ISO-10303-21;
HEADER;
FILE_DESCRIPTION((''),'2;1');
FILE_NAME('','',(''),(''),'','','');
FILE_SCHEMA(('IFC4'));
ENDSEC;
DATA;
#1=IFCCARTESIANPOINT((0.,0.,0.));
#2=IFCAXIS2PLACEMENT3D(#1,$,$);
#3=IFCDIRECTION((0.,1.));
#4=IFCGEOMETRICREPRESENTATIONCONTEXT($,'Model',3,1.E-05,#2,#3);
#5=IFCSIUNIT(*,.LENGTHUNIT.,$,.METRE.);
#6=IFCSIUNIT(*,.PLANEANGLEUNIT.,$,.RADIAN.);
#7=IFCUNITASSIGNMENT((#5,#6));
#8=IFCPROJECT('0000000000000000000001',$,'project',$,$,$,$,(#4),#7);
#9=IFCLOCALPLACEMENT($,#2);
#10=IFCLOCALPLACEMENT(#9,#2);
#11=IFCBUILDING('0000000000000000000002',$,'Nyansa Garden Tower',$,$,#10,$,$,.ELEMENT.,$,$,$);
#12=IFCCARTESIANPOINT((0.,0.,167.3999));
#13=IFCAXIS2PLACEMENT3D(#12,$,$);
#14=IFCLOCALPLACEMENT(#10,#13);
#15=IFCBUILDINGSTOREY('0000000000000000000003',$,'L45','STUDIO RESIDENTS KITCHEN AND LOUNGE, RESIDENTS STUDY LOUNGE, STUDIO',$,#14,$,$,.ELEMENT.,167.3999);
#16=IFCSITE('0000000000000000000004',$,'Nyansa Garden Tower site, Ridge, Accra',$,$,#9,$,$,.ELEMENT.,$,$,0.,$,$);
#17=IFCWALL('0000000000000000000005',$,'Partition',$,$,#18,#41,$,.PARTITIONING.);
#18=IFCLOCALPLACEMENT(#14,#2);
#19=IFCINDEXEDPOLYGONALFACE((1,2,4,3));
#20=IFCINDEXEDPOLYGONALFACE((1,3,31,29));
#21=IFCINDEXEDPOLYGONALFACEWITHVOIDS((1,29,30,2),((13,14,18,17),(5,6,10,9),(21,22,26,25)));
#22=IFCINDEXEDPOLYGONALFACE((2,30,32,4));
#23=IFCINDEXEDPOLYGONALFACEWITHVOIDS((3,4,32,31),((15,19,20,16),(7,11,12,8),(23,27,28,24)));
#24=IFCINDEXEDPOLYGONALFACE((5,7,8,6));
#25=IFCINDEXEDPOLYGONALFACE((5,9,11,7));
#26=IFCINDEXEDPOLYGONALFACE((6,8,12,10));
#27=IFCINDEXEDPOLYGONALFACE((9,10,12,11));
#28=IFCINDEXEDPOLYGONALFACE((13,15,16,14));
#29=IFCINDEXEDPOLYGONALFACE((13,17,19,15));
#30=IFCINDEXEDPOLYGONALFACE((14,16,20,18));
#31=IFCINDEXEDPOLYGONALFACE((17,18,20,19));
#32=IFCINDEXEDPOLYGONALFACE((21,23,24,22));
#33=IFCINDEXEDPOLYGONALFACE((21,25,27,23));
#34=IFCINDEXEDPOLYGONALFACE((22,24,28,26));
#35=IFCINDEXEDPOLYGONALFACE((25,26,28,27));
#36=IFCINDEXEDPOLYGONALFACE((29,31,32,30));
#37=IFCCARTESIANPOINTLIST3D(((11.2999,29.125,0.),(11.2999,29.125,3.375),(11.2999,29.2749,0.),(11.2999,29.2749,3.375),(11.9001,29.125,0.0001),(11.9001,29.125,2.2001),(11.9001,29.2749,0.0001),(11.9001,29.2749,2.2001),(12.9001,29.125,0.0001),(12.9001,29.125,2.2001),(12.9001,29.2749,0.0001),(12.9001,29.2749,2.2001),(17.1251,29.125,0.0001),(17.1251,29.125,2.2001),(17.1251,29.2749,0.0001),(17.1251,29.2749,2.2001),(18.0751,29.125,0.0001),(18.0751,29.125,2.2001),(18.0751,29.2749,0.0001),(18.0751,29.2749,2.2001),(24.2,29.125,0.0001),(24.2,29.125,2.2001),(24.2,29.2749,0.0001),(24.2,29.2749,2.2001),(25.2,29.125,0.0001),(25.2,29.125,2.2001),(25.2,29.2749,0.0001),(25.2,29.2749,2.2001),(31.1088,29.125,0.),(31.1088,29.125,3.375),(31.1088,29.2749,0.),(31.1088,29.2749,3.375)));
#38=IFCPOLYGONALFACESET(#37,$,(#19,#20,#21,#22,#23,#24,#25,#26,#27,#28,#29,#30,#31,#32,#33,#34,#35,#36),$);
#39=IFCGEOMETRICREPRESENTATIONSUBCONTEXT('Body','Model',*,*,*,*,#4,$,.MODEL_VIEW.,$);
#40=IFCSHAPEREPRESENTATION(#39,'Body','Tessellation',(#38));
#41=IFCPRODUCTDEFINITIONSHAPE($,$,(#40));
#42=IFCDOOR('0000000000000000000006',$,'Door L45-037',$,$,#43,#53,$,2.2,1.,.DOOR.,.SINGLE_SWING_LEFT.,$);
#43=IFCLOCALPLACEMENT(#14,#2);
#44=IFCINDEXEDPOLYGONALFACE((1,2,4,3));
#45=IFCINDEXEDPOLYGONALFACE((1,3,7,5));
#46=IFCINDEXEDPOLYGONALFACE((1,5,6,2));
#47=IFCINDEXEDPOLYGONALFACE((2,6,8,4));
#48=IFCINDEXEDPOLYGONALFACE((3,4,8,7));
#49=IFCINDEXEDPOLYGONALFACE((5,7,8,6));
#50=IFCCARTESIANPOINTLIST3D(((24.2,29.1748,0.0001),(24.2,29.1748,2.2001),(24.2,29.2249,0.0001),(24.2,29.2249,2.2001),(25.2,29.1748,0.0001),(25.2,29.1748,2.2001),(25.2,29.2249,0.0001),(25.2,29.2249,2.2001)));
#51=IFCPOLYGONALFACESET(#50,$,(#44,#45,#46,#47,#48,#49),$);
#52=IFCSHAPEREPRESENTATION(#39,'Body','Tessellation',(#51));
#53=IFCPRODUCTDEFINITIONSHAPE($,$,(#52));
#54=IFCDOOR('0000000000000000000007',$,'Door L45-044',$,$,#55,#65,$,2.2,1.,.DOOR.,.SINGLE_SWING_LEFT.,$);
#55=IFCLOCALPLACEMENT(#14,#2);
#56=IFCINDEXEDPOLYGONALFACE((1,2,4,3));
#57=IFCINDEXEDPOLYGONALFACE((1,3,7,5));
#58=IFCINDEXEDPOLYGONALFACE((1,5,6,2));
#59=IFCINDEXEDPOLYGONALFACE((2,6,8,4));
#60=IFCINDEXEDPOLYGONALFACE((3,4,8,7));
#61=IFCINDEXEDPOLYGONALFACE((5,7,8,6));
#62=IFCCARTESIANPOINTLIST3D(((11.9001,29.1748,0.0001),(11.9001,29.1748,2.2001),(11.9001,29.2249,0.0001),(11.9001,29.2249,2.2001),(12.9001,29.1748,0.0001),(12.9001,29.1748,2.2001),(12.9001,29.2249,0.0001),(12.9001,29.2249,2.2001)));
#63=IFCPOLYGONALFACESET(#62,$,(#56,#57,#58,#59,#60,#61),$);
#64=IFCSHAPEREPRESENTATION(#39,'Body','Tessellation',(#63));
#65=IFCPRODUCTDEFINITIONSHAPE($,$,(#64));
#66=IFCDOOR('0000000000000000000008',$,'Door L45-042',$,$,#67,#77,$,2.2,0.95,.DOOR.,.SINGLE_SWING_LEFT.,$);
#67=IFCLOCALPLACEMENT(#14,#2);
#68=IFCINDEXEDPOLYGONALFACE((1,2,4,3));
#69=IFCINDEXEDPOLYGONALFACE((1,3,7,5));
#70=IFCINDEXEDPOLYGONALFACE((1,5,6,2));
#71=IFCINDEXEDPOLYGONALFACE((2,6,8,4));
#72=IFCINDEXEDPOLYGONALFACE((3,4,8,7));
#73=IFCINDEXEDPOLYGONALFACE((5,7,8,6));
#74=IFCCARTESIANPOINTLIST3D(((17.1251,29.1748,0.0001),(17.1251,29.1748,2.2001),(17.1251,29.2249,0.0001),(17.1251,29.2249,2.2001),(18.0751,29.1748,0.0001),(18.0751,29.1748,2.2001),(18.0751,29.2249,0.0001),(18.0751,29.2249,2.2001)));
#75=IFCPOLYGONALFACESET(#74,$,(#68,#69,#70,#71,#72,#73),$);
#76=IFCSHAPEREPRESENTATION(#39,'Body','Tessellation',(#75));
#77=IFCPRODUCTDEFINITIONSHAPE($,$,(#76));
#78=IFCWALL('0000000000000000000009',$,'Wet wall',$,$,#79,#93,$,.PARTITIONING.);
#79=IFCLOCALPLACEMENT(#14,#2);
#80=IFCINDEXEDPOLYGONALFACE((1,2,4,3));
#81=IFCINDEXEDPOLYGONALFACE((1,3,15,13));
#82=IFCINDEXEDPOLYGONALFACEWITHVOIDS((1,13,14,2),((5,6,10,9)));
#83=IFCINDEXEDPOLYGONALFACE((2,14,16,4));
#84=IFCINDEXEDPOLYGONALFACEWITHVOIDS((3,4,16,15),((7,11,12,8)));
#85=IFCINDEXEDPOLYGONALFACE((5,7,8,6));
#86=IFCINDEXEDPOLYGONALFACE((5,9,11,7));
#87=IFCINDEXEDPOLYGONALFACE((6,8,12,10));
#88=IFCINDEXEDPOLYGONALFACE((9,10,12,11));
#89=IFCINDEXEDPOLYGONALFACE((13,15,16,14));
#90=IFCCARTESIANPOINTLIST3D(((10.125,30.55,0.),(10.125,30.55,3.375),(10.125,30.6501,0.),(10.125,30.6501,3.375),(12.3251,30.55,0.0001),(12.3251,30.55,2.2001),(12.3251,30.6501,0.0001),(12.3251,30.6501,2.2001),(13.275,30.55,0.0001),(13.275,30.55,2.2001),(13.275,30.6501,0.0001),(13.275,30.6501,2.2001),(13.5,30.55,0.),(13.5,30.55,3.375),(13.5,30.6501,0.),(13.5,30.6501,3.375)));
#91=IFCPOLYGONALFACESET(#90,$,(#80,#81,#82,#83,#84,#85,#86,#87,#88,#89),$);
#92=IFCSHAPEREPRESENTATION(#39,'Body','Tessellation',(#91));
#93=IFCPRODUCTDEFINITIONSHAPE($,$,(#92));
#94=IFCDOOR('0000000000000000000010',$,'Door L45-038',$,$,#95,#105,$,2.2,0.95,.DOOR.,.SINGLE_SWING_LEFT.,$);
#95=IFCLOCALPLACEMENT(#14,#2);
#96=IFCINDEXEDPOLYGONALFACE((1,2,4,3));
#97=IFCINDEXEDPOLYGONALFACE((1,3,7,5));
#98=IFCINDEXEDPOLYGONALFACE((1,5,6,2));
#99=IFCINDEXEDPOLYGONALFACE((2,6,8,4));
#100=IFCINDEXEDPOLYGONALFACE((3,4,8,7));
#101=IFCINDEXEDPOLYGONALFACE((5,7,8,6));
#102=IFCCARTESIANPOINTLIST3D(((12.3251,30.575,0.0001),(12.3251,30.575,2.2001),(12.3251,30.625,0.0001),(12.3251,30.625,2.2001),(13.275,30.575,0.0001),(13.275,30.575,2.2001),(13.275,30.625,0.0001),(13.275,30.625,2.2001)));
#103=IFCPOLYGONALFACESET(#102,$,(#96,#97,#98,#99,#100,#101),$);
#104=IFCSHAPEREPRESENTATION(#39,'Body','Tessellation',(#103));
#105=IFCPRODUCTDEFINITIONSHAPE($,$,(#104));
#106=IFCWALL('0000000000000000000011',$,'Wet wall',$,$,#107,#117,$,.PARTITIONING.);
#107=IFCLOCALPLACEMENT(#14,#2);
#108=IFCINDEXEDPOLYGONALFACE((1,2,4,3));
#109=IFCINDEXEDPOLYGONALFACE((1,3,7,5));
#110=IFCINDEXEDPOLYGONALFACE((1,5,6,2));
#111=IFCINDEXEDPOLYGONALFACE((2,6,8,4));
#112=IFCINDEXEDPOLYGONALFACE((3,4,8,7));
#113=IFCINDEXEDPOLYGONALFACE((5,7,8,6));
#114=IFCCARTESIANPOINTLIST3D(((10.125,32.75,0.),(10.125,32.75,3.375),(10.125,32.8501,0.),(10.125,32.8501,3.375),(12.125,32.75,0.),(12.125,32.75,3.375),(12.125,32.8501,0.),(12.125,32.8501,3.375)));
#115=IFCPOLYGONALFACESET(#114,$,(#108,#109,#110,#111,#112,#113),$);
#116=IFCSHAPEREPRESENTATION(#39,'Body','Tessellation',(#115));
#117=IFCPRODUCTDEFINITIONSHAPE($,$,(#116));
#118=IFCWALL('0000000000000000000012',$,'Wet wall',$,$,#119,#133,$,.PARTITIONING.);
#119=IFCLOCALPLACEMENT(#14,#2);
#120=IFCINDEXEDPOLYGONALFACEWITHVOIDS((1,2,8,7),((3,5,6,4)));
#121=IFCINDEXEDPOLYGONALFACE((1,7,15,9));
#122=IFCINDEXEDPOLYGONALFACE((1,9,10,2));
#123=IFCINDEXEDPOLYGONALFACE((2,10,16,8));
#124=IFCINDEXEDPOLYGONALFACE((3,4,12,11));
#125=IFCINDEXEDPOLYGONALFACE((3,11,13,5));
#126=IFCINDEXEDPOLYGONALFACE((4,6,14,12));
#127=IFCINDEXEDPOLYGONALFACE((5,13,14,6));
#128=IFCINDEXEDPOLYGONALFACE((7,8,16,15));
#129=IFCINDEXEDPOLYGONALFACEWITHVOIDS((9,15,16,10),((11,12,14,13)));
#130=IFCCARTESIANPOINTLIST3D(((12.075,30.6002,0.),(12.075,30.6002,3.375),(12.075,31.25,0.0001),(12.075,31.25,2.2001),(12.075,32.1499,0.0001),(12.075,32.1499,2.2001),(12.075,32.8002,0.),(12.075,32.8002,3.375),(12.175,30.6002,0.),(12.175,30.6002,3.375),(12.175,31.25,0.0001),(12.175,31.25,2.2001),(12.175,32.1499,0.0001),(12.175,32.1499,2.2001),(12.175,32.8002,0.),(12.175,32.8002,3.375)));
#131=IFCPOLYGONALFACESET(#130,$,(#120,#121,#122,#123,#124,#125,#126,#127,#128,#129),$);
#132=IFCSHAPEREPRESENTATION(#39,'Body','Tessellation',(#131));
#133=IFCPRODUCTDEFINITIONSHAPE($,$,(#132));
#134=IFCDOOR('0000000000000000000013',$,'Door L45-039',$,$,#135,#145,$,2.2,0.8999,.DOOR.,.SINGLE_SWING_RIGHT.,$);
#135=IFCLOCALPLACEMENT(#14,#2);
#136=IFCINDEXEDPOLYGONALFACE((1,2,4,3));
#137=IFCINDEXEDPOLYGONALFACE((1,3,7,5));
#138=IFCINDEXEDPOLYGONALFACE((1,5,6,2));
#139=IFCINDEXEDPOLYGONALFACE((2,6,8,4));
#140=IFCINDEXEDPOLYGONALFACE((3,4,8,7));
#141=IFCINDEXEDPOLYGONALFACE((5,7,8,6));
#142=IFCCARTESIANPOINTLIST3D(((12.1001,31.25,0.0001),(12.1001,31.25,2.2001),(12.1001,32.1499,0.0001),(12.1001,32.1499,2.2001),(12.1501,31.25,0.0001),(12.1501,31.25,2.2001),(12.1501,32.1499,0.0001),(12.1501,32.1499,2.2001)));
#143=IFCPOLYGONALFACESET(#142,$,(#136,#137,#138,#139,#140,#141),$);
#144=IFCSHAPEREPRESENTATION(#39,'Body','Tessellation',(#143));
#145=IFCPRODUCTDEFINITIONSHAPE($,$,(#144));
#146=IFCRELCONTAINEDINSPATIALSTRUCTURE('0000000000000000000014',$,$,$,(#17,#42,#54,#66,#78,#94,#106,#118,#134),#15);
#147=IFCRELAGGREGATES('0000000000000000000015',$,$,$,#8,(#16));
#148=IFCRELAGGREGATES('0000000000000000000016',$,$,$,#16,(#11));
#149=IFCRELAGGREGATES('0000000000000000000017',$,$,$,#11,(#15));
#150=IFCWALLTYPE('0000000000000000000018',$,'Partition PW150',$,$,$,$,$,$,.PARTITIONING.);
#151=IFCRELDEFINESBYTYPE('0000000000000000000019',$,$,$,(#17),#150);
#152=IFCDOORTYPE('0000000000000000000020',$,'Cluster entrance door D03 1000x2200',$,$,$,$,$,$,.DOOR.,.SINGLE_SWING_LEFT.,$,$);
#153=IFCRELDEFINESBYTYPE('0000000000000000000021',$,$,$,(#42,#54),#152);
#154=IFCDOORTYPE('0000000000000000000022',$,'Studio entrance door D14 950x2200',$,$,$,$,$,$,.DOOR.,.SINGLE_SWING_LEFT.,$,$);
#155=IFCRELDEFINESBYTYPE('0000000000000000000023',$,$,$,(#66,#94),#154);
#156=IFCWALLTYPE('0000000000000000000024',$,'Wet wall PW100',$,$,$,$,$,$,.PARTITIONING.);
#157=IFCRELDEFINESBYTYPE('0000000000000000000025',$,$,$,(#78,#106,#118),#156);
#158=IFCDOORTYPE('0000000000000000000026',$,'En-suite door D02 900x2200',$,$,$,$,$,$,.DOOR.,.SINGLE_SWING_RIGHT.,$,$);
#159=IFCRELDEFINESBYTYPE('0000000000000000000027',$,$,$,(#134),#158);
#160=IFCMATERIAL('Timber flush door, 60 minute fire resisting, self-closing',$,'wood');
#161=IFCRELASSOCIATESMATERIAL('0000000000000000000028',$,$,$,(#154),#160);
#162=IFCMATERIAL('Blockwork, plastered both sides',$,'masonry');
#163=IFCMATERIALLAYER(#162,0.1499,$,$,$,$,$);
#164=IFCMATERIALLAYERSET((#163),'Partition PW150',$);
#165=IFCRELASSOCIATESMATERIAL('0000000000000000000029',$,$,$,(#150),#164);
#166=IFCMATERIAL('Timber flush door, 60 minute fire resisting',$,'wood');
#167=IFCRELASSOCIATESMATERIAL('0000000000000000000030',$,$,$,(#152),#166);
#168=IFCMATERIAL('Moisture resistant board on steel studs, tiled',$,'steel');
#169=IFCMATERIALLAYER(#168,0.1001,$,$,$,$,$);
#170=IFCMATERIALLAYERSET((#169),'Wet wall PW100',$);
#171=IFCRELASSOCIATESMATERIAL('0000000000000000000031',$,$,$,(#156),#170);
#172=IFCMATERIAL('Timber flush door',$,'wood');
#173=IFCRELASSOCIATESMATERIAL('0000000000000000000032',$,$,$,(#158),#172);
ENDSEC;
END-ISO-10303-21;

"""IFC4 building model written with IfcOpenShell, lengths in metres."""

from ifc_helpers import new_model, si_unit, direction, frame, frame_2d, origin, place, context, subcontext, project, spatial, rectangle, extrude, material, layer, layer_set, type_object, element, fill, save


model = new_model("IFC4")

# Units and contexts
model_context = context("Model", 3, precision=1e-05, world=origin(), true_north=direction((0.0, 1.0)))
body_context = subcontext(model_context, "Body", "Model", "MODEL_VIEW")
ifc_project = project(units=[si_unit("LENGTHUNIT", "METRE"), si_unit("PLANEANGLEUNIT", "RADIAN")], contexts=[model_context])

# Site, building, storey
site_placement = place(None, origin())
site = spatial("IfcSite", under=ifc_project, at=site_placement, Name="Nyansa Garden Tower site, Ridge, Accra", CompositionType="ELEMENT", RefElevation=0.0)
building_placement = place(site_placement, origin())
building = spatial("IfcBuilding", under=site, at=building_placement, Name="Nyansa Garden Tower", CompositionType="ELEMENT")
storey_placement = place(building_placement, frame((0.0, 0.0, 167.3999)))
storey = spatial("IfcBuildingStorey", under=building, at=storey_placement, Name="L45", Description="STUDIO RESIDENTS KITCHEN AND LOUNGE, RESIDENTS STUDY LOUNGE, STUDIO", CompositionType="ELEMENT", Elevation=167.3999)

# Shared definitions
ifc_material_1 = material(Name="Timber flush door, 60 minute fire resisting, self-closing", Category="wood")
door_type_1 = type_object("IfcDoorType", Name="Studio entrance door D14 950x2200", OperationType="SINGLE_SWING_LEFT", PredefinedType="DOOR", material=ifc_material_1)

# Wall, openings, doors
ifc_material_2 = material(Name="Blockwork, plastered both sides", Category="masonry")
ifc_layer_1 = layer(ifc_material_2, 0.1499)
ifc_layer_set_1 = layer_set([ifc_layer_1], Name="Partition PW150")
wall_type_1 = type_object("IfcWallType", Name="Partition PW150", PredefinedType="PARTITIONING", material=ifc_layer_set_1)
wall_1_placement = place(storey_placement, frame((11.3, 29.2, 0.0), z_axis=(0.0, 0.0, 1.0), x_axis=(1.0, 0.0, 0.0)))
wall_1 = element("IfcWall", 1, at=wall_1_placement, inside=storey, type_object=wall_type_1, Name="Partition", PredefinedType="PARTITIONING", context=body_context, shape_type="SweptSolid", body=[
    extrude(rectangle(XDim=19.8088, YDim=0.1499, at=frame_2d((9.9043, 0.0))), origin(), (0.0, 0.0, 1.0), 3.375),
])
opening_1_placement = place(wall_1_placement, frame((12.8999, 0.0, 0.0)))
opening_1 = element("IfcOpeningElement", 2, at=opening_1_placement, cuts=wall_1, PredefinedType="OPENING", context=body_context, shape_type="SweptSolid", body=[
    extrude(rectangle(XDim=1.0, YDim=2.2, at=frame_2d((0.5, 1.1001))), frame((0.0, 0.085, 0.0), z_axis=(0.0, -1.0, 0.0), x_axis=(1.0, 0.0, 0.0)), (0.0, 0.0, 1.0), 0.1699),
])
opening_2_placement = place(wall_1_placement, frame((5.825, 0.0, 0.0)))
opening_2 = element("IfcOpeningElement", 3, at=opening_2_placement, cuts=wall_1, PredefinedType="OPENING", context=body_context, shape_type="SweptSolid", body=[
    extrude(rectangle(XDim=0.95, YDim=2.2, at=frame_2d((0.4751, 1.1001))), frame((0.0, 0.085, 0.0), z_axis=(0.0, -1.0, 0.0), x_axis=(1.0, 0.0, 0.0)), (0.0, 0.0, 1.0), 0.1699),
])
opening_3_placement = place(wall_1_placement, frame((0.6001, 0.0, 0.0)))
opening_3 = element("IfcOpeningElement", 4, at=opening_3_placement, cuts=wall_1, PredefinedType="OPENING", context=body_context, shape_type="SweptSolid", body=[
    extrude(rectangle(XDim=1.0, YDim=2.2, at=frame_2d((0.5, 1.1001))), frame((0.0, 0.085, 0.0), z_axis=(0.0, -1.0, 0.0), x_axis=(1.0, 0.0, 0.0)), (0.0, 0.0, 1.0), 0.1699),
])
ifc_material_3 = material(Name="Timber flush door, 60 minute fire resisting", Category="wood")
door_type_2 = type_object("IfcDoorType", Name="Cluster entrance door D03 1000x2200", OperationType="SINGLE_SWING_LEFT", PredefinedType="DOOR", material=ifc_material_3)
door_1_placement = place(opening_1_placement, origin())
door_1 = element("IfcDoor", 5, at=door_1_placement, inside=storey, type_object=door_type_2, Name="Door L45-037", OperationType="SINGLE_SWING_LEFT", OverallHeight=2.2, OverallWidth=1.0, PredefinedType="DOOR", context=body_context, shape_type="SweptSolid", body=[
    extrude(rectangle(XDim=1.0, YDim=2.2, at=frame_2d((0.5, 1.1001))), frame((0.0, 0.0249, 0.0), z_axis=(0.0, -1.0, 0.0), x_axis=(1.0, 0.0, 0.0)), (0.0, 0.0, 1.0), 0.05),
])
fill(opening_1, door_1)
door_2_placement = place(opening_3_placement, origin())
door_2 = element("IfcDoor", 6, at=door_2_placement, inside=storey, type_object=door_type_2, Name="Door L45-044", OperationType="SINGLE_SWING_LEFT", OverallHeight=2.2, OverallWidth=1.0, PredefinedType="DOOR", context=body_context, shape_type="SweptSolid", body=[
    extrude(rectangle(XDim=1.0, YDim=2.2, at=frame_2d((0.5, 1.1001))), frame((0.0, 0.0249, 0.0), z_axis=(0.0, -1.0, 0.0), x_axis=(1.0, 0.0, 0.0)), (0.0, 0.0, 1.0), 0.05),
])
fill(opening_3, door_2)
door_3_placement = place(opening_2_placement, origin())
door_3 = element("IfcDoor", 7, at=door_3_placement, inside=storey, type_object=door_type_1, Name="Door L45-042", OperationType="SINGLE_SWING_LEFT", OverallHeight=2.2, OverallWidth=0.95, PredefinedType="DOOR", context=body_context, shape_type="SweptSolid", body=[
    extrude(rectangle(XDim=0.95, YDim=2.2, at=frame_2d((0.4751, 1.1001))), frame((0.0, 0.0249, 0.0), z_axis=(0.0, -1.0, 0.0), x_axis=(1.0, 0.0, 0.0)), (0.0, 0.0, 1.0), 0.05),
])
fill(opening_2, door_3)

# Wall, opening, door
ifc_material_4 = material(Name="Moisture resistant board on steel studs, tiled", Category="steel")
ifc_layer_2 = layer(ifc_material_4, 0.1001)
ifc_layer_set_2 = layer_set([ifc_layer_2], Name="Wet wall PW100")
wall_type_2 = type_object("IfcWallType", Name="Wet wall PW100", PredefinedType="PARTITIONING", material=ifc_layer_set_2)
wall_2_placement = place(storey_placement, frame((10.125, 30.6001, 0.0), z_axis=(0.0, 0.0, 1.0), x_axis=(1.0, 0.0, 0.0)))
wall_2 = element("IfcWall", 8, at=wall_2_placement, inside=storey, type_object=wall_type_2, Name="Wet wall", PredefinedType="PARTITIONING", context=body_context, shape_type="SweptSolid", body=[
    extrude(rectangle(XDim=3.375, YDim=0.1001, at=frame_2d((1.6875, 0.0))), origin(), (0.0, 0.0, 1.0), 3.375),
])
opening_4_placement = place(wall_2_placement, frame((2.2, 0.0, 0.0)))
opening_4 = element("IfcOpeningElement", 9, at=opening_4_placement, cuts=wall_2, PredefinedType="OPENING", context=body_context, shape_type="SweptSolid", body=[
    extrude(rectangle(XDim=0.95, YDim=2.2, at=frame_2d((0.4751, 1.1001))), frame((0.0, 0.0601, 0.0), z_axis=(0.0, -1.0, 0.0), x_axis=(1.0, 0.0, 0.0)), (0.0, 0.0, 1.0), 0.1201),
])
door_4_placement = place(opening_4_placement, origin())
door_4 = element("IfcDoor", 10, at=door_4_placement, inside=storey, type_object=door_type_1, Name="Door L45-038", OperationType="SINGLE_SWING_LEFT", OverallHeight=2.2, OverallWidth=0.95, PredefinedType="DOOR", context=body_context, shape_type="SweptSolid", body=[
    extrude(rectangle(XDim=0.95, YDim=2.2, at=frame_2d((0.4751, 1.1001))), frame((0.0, 0.0249, 0.0), z_axis=(0.0, -1.0, 0.0), x_axis=(1.0, 0.0, 0.0)), (0.0, 0.0, 1.0), 0.05),
])
fill(opening_4, door_4)

# Wall
wall_3_placement = place(storey_placement, frame((10.125, 32.8, 0.0), z_axis=(0.0, 0.0, 1.0), x_axis=(1.0, 0.0, 0.0)))
element("IfcWall", 11, at=wall_3_placement, inside=storey, type_object=wall_type_2, Name="Wet wall", PredefinedType="PARTITIONING", context=body_context, shape_type="SweptSolid", body=[
    extrude(rectangle(XDim=2.0, YDim=0.1001, at=frame_2d((1.0, 0.0))), origin(), (0.0, 0.0, 1.0), 3.375),
])

# Wall, opening, door
wall_4_placement = place(storey_placement, frame((12.125, 30.6001, 0.0), z_axis=(0.0, 0.0, 1.0), x_axis=(0.0, 1.0, 0.0)))
wall_4 = element("IfcWall", 12, at=wall_4_placement, inside=storey, type_object=wall_type_2, Name="Wet wall", PredefinedType="PARTITIONING", context=body_context, shape_type="SweptSolid", body=[
    extrude(rectangle(XDim=2.2, YDim=0.1001, at=frame_2d((1.1001, 0.0))), origin(), (0.0, 0.0, 1.0), 3.375),
])
opening_5_placement = place(wall_4_placement, frame((0.6499, 0.0, 0.0)))
opening_5 = element("IfcOpeningElement", 13, at=opening_5_placement, cuts=wall_4, PredefinedType="OPENING", context=body_context, shape_type="SweptSolid", body=[
    extrude(rectangle(XDim=0.8999, YDim=2.2, at=frame_2d((0.45, 1.1001))), frame((0.0, 0.0601, 0.0), z_axis=(0.0, -1.0, 0.0), x_axis=(1.0, 0.0, 0.0)), (0.0, 0.0, 1.0), 0.1201),
])
ifc_material_5 = material(Name="Timber flush door", Category="wood")
door_type_3 = type_object("IfcDoorType", Name="En-suite door D02 900x2200", OperationType="SINGLE_SWING_RIGHT", PredefinedType="DOOR", material=ifc_material_5)
door_5_placement = place(opening_5_placement, origin())
door_5 = element("IfcDoor", 14, at=door_5_placement, inside=storey, type_object=door_type_3, Name="Door L45-039", OperationType="SINGLE_SWING_RIGHT", OverallHeight=2.2, OverallWidth=0.8999, PredefinedType="DOOR", context=body_context, shape_type="SweptSolid", body=[
    extrude(rectangle(XDim=0.8999, YDim=2.2, at=frame_2d((0.45, 1.1001))), frame((0.0, 0.0249, 0.0), z_axis=(0.0, -1.0, 0.0), x_axis=(1.0, 0.0, 0.0)), (0.0, 0.0, 1.0), 0.05),
])
fill(opening_5, door_5)

save(model, "model.ifc")
